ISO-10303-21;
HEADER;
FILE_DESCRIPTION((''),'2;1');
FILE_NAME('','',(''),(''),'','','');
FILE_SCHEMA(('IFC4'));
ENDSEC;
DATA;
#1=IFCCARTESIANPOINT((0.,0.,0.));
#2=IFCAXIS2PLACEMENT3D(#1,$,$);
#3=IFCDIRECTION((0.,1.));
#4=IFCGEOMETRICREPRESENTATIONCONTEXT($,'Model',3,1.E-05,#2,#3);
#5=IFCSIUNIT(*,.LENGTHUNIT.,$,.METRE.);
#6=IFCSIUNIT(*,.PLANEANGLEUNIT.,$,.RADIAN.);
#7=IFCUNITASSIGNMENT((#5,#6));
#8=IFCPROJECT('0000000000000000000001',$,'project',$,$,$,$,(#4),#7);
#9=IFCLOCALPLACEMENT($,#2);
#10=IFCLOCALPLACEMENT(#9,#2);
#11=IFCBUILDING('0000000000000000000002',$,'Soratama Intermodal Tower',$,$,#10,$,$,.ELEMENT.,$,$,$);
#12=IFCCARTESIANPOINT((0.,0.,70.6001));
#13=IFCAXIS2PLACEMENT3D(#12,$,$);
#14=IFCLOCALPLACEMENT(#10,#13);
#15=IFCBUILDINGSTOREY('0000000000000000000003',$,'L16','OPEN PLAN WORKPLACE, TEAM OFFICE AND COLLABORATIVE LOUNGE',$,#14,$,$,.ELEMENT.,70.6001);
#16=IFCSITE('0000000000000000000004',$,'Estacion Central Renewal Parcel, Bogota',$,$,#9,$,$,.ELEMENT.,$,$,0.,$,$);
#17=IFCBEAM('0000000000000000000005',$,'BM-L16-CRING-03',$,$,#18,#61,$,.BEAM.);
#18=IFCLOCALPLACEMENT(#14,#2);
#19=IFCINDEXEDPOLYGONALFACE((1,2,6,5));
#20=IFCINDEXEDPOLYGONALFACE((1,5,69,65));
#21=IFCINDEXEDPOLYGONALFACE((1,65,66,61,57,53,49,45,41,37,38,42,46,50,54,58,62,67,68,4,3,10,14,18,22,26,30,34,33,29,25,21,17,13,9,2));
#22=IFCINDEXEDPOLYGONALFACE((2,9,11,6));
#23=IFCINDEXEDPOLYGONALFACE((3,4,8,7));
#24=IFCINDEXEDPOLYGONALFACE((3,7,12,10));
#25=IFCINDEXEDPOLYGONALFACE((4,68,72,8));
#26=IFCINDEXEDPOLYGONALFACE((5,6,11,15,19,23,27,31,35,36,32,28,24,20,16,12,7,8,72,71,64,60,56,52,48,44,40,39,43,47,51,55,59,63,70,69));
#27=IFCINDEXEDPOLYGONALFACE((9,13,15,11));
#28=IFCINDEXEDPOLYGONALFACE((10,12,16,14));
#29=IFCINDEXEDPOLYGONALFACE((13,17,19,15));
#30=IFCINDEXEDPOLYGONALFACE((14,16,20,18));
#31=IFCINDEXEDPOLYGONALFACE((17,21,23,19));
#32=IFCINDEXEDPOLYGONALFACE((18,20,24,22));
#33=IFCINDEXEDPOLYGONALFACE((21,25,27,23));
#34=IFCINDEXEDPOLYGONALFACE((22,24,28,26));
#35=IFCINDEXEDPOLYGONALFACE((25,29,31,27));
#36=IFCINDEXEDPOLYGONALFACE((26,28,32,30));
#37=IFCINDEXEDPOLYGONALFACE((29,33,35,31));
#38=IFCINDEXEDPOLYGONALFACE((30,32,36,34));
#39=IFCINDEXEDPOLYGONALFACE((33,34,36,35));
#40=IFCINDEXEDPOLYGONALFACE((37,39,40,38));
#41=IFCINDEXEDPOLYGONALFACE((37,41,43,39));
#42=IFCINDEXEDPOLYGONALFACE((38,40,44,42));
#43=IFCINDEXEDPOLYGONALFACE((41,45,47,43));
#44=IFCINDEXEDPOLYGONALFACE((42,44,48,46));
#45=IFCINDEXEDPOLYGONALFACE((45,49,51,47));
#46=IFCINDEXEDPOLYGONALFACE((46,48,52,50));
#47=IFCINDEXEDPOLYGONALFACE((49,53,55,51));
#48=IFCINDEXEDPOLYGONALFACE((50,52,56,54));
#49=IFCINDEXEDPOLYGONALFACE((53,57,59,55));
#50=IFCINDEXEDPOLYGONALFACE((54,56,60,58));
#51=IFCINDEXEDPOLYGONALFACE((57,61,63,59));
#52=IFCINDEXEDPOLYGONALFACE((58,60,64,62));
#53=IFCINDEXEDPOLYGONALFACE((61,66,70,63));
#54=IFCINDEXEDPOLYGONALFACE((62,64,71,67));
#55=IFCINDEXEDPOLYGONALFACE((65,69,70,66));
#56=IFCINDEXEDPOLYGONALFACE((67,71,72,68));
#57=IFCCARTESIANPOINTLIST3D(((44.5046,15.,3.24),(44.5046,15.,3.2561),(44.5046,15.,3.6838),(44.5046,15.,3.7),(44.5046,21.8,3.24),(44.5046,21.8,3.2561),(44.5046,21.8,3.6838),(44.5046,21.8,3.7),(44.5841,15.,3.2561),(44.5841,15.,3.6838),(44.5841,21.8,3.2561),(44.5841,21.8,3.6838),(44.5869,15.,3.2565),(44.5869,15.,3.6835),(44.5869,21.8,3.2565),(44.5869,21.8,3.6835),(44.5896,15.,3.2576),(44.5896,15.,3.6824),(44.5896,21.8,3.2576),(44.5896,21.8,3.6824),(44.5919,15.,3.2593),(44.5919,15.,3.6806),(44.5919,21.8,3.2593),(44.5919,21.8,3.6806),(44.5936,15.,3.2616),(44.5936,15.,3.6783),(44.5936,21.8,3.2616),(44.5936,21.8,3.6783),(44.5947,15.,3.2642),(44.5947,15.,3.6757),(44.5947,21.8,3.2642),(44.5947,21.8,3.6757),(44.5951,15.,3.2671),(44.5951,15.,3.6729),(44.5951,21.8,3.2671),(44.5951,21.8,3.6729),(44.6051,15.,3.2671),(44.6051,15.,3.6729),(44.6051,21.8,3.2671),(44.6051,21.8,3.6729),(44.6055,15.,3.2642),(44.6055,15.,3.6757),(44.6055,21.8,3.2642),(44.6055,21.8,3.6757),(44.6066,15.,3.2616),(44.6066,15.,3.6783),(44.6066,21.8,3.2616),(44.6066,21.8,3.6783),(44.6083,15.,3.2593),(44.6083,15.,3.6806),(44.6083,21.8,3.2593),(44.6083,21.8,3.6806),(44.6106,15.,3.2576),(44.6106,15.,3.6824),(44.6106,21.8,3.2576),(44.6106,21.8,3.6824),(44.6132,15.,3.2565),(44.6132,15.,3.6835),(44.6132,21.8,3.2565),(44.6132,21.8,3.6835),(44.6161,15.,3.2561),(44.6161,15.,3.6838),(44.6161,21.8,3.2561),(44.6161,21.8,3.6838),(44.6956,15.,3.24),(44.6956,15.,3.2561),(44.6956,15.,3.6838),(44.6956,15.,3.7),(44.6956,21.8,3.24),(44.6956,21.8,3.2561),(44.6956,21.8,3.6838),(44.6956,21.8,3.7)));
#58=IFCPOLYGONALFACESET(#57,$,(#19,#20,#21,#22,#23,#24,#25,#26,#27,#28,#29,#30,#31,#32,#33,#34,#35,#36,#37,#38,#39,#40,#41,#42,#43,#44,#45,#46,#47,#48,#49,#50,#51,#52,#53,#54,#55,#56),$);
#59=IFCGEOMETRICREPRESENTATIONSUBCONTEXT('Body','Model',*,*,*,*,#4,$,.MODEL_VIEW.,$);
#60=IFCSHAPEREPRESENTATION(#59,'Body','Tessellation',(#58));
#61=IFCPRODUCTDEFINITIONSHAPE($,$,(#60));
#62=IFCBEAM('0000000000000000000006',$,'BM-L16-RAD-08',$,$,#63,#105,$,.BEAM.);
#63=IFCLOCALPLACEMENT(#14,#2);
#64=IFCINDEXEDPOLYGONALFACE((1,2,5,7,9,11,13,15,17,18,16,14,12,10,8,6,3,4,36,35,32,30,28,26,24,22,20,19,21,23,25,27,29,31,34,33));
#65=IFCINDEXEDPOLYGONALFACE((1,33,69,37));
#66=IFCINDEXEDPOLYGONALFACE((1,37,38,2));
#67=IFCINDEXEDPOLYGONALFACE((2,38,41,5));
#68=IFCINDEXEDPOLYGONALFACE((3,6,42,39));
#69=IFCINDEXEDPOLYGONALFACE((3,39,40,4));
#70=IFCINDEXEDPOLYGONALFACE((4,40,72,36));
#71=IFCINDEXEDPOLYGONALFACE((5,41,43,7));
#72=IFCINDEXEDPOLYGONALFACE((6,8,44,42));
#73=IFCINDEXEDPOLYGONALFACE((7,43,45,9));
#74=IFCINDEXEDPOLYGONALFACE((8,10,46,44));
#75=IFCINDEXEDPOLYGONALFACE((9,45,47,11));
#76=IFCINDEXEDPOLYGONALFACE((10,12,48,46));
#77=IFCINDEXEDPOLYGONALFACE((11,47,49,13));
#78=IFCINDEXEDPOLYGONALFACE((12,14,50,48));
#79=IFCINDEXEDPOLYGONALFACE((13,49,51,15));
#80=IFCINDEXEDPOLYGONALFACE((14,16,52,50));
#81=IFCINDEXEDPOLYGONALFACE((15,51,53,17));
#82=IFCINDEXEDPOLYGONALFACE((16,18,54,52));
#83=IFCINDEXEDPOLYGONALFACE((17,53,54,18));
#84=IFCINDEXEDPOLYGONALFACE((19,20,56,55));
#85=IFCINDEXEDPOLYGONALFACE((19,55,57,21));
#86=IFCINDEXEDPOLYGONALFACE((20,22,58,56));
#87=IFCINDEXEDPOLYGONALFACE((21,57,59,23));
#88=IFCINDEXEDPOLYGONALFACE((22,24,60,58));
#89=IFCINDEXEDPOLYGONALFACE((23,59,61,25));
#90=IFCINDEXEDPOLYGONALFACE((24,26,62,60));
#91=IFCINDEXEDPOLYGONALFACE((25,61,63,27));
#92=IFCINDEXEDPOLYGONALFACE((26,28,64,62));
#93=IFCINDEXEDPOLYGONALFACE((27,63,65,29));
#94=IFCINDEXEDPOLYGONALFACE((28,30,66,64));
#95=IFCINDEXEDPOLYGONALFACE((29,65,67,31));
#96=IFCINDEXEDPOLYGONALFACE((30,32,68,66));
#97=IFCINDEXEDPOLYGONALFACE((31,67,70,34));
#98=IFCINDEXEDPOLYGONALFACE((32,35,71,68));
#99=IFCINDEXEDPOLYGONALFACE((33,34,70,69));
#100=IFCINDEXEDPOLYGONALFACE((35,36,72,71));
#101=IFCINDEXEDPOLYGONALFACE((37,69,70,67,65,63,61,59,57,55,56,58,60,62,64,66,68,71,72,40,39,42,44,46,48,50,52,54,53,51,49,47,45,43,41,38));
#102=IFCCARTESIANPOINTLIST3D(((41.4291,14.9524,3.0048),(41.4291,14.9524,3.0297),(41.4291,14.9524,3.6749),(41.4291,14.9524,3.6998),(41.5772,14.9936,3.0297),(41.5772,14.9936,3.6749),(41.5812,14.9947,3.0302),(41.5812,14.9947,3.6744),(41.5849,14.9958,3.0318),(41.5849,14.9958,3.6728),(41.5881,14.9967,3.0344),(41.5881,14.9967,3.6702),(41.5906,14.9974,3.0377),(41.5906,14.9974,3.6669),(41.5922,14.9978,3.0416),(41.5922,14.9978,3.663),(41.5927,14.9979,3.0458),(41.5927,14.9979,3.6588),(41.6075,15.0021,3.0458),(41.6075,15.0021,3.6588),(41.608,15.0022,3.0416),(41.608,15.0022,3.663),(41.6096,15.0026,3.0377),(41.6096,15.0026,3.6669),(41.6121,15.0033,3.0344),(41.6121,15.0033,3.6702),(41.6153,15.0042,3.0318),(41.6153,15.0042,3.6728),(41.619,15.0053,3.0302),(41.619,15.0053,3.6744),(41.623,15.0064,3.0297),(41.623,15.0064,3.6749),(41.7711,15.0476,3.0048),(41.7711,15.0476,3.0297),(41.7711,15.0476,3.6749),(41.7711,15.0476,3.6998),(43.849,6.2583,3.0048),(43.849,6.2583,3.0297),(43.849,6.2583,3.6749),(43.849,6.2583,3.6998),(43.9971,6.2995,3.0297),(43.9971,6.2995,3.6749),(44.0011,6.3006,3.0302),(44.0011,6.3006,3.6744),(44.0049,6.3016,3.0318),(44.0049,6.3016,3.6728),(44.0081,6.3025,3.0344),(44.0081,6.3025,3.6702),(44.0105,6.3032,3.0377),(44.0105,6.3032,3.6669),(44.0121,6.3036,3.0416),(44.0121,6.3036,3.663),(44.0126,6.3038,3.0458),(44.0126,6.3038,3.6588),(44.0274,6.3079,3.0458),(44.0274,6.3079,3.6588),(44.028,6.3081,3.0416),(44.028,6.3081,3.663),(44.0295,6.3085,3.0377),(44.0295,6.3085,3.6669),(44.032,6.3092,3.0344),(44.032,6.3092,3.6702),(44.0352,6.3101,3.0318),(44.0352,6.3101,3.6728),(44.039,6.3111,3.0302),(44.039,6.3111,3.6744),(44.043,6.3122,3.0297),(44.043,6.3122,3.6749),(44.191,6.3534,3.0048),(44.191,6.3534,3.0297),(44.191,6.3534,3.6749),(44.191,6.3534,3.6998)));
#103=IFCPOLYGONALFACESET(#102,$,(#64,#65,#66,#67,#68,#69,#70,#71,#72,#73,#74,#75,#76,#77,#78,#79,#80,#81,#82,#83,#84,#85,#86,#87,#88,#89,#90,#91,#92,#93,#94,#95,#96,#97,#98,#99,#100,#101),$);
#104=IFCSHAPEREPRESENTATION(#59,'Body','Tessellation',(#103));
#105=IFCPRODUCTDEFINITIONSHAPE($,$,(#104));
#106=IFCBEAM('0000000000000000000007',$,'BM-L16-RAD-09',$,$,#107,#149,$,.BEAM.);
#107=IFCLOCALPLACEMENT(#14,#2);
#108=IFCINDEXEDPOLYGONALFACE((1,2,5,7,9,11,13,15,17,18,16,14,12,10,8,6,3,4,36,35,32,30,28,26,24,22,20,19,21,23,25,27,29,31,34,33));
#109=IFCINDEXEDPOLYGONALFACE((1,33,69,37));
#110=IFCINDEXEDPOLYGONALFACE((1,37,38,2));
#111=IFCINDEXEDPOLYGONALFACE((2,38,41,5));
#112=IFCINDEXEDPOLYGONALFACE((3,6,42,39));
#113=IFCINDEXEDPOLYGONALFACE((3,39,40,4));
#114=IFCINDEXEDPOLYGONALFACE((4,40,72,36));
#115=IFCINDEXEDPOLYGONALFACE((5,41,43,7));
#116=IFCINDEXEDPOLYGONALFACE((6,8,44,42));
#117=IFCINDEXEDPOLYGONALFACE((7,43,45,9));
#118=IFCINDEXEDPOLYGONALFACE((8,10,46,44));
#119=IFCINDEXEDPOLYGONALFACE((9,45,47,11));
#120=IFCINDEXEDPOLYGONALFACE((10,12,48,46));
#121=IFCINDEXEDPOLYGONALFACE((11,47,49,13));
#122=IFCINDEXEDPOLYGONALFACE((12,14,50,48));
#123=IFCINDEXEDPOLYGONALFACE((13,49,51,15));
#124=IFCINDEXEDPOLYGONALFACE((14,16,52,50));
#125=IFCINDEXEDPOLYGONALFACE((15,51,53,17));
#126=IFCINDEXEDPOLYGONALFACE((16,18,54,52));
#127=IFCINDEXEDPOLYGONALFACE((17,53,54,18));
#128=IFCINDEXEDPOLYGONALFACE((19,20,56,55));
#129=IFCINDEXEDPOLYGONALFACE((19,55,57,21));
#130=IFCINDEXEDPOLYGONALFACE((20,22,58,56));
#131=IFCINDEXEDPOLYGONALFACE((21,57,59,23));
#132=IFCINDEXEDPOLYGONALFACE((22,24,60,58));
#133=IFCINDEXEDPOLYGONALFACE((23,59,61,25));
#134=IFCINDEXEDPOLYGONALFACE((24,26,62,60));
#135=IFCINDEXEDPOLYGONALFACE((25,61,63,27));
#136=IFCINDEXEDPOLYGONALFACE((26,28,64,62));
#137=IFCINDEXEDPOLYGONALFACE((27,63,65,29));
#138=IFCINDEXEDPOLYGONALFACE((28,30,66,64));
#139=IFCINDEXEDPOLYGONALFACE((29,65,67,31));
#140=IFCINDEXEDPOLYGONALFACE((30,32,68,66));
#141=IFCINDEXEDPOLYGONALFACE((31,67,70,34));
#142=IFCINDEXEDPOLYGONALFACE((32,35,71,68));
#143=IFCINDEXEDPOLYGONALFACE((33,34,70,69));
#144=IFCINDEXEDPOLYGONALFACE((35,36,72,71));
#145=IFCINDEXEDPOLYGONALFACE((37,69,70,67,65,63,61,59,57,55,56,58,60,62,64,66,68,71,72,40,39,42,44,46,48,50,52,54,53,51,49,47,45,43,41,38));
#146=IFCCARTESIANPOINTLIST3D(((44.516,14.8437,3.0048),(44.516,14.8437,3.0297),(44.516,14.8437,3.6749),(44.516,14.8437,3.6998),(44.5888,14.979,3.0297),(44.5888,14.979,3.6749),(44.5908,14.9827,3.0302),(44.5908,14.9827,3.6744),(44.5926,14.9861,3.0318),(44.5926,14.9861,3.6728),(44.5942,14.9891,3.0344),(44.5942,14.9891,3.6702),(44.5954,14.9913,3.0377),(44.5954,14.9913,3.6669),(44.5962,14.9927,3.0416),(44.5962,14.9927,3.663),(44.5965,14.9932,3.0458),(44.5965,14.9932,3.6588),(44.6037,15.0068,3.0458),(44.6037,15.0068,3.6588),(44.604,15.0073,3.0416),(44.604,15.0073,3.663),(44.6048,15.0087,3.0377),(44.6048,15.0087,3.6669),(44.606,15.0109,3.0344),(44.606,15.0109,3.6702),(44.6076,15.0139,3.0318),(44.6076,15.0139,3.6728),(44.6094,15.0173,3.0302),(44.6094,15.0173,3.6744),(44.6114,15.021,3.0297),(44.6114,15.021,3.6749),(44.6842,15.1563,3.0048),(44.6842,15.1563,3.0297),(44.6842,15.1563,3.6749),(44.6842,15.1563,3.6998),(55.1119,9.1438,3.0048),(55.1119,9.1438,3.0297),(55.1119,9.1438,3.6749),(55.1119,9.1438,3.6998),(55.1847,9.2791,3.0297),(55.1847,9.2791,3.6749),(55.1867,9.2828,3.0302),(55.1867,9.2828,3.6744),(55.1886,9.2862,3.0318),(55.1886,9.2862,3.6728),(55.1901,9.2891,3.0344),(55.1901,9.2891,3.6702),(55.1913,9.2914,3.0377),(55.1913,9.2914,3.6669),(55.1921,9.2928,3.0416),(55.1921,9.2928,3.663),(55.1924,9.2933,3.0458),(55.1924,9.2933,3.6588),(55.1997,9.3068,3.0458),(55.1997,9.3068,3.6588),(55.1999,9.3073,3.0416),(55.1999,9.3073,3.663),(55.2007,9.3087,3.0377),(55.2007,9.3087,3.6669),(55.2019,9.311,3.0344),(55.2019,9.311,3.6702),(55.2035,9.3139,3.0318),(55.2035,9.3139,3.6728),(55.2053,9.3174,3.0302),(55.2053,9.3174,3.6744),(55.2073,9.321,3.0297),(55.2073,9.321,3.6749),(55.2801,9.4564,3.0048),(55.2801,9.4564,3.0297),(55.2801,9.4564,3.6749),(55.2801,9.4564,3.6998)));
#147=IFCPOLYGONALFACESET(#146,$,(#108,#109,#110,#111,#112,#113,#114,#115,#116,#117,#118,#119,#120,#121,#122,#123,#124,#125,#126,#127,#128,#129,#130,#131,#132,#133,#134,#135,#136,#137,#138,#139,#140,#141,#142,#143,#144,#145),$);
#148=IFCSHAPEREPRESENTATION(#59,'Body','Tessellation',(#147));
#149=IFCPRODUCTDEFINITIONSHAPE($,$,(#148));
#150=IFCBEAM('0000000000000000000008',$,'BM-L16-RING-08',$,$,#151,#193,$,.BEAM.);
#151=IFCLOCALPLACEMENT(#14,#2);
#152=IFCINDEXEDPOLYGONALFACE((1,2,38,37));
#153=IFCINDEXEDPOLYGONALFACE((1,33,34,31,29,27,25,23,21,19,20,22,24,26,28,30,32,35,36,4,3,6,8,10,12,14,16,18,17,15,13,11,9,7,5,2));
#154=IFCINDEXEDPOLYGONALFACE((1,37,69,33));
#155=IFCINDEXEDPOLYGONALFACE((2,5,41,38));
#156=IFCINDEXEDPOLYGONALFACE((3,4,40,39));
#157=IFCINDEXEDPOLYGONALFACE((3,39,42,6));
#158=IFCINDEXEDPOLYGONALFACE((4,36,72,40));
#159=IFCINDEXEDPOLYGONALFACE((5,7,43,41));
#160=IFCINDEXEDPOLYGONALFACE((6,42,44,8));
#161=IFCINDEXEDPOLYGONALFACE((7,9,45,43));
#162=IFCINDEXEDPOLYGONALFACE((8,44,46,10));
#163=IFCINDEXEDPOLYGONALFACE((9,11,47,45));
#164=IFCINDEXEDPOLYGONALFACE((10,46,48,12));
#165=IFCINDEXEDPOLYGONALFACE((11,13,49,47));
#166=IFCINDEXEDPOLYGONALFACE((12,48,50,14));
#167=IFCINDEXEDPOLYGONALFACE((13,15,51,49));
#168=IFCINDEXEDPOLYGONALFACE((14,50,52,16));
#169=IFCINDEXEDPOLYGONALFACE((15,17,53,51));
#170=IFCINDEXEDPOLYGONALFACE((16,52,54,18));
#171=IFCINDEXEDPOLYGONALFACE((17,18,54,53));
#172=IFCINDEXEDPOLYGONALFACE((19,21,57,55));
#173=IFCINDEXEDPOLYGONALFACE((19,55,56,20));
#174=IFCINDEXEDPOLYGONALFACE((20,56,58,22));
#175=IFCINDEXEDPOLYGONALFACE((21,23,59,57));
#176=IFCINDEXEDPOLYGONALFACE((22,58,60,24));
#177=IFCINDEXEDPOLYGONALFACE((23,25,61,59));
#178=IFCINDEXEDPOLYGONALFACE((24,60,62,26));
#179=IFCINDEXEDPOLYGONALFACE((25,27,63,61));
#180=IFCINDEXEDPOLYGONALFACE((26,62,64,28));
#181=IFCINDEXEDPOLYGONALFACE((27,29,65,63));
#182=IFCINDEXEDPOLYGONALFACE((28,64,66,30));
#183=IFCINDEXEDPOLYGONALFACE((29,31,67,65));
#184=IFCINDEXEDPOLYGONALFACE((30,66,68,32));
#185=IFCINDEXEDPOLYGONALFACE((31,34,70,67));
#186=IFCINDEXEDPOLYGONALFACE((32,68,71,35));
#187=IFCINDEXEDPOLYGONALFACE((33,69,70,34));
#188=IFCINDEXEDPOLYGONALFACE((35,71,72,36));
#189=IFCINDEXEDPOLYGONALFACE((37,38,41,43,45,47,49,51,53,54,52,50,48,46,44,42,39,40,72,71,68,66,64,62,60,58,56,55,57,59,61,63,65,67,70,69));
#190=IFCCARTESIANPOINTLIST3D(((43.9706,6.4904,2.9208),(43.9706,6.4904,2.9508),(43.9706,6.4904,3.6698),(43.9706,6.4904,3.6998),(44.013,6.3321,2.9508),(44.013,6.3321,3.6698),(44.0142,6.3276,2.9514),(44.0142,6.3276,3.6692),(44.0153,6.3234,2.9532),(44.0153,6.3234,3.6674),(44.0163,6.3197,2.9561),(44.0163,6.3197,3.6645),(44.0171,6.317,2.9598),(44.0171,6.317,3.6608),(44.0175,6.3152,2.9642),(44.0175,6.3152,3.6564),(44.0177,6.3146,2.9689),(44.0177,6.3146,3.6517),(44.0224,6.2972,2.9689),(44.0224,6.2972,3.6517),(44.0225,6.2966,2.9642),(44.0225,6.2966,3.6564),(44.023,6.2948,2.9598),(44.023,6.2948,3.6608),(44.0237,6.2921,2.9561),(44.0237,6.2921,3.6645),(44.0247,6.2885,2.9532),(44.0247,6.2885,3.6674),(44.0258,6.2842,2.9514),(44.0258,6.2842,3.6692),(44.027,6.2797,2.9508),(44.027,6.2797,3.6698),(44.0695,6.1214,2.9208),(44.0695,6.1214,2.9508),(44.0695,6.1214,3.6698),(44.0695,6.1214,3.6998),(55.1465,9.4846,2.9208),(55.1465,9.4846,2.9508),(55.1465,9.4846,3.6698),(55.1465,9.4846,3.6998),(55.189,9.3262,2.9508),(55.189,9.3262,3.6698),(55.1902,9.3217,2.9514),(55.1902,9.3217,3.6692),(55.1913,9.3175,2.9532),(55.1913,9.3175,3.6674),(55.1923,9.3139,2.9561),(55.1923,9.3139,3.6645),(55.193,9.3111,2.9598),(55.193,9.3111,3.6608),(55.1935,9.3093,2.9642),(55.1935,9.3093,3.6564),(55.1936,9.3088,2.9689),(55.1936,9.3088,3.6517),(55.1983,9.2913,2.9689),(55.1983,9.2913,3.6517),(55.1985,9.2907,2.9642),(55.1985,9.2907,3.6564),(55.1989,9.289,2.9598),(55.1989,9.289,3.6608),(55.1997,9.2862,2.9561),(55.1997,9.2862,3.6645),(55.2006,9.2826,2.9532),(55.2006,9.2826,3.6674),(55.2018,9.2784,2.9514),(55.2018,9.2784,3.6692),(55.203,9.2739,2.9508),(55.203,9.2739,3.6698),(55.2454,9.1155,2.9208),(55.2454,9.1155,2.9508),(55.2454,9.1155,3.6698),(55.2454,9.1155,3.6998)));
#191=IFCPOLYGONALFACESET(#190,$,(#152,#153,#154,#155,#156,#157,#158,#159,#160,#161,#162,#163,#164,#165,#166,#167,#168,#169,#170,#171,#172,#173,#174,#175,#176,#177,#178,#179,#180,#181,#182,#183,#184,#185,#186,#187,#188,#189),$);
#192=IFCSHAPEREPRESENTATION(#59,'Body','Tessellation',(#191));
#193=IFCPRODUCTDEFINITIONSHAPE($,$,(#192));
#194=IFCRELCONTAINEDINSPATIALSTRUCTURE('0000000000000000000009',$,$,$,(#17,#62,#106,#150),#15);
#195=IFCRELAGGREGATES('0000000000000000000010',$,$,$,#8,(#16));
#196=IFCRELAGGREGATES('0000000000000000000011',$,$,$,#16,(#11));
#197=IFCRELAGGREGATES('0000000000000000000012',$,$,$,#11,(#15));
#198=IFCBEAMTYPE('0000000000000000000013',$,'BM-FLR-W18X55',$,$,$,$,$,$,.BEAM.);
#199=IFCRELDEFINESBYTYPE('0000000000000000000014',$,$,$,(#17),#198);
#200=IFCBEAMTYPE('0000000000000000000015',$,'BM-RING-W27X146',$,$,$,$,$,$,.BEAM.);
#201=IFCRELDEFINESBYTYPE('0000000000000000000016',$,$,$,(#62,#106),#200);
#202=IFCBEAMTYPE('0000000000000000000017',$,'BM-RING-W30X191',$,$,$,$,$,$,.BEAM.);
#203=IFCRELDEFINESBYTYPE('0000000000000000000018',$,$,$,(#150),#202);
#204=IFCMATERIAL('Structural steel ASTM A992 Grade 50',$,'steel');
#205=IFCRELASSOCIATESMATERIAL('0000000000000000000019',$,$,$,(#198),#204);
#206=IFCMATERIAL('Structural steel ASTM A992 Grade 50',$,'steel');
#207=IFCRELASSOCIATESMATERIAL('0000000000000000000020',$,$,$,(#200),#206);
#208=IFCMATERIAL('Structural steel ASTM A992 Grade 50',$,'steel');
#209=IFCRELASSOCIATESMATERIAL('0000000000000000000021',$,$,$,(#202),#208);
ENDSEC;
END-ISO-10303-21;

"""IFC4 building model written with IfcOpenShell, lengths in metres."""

from ifc_helpers import new_model, si_unit, direction, frame, origin, origin_2d, place, context, subcontext, project, spatial, i_section, extrude, material, material_profile, profile_set, type_object, element, save


model = new_model("IFC4")

# Units and contexts
model_context = context("Model", 3, precision=1e-05, world=origin(), true_north=direction((0.0, 1.0)))
body_context = subcontext(model_context, "Body", "Model", "MODEL_VIEW")
ifc_project = project(units=[si_unit("LENGTHUNIT", "METRE"), si_unit("PLANEANGLEUNIT", "RADIAN")], contexts=[model_context])

# Site, building, storey
site_placement = place(None, origin())
site = spatial("IfcSite", under=ifc_project, at=site_placement, Name="Estacion Central Renewal Parcel, Bogota", CompositionType="ELEMENT", RefElevation=0.0)
building_placement = place(site_placement, origin())
building = spatial("IfcBuilding", under=site, at=building_placement, Name="Soratama Intermodal Tower", CompositionType="ELEMENT")
storey_placement = place(building_placement, frame((0.0, 0.0, 70.6001)))
storey = spatial("IfcBuildingStorey", under=building, at=storey_placement, Name="L16", Description="OPEN PLAN WORKPLACE, TEAM OFFICE AND COLLABORATIVE LOUNGE", CompositionType="ELEMENT", Elevation=70.6001)

# Beams
ifc_material_1 = material(Name="Structural steel ASTM A992 Grade 50", Category="steel")
ifc_material_profile_1 = material_profile(ifc_material_1, i_section(OverallWidth=0.1909, OverallDepth=0.46, WebThickness=0.01, FlangeThickness=0.0161, FilletRadius=0.011, at=origin_2d()), Name="W18X55")
ifc_profile_set_1 = profile_set([ifc_material_profile_1], Name="Structural steel ASTM A992 Grade 50")
beam_type_1 = type_object("IfcBeamType", Name="BM-FLR-W18X55", PredefinedType="BEAM", material=ifc_profile_set_1)
beam_1_placement = place(storey_placement, frame((44.6001, 15.0, 3.47), z_axis=(0.0, 1.0, 0.0), x_axis=(-1.0, 0.0, 0.0)))
element("IfcBeam", 1, at=beam_1_placement, inside=storey, type_object=beam_type_1, Name="BM-L16-CRING-03", PredefinedType="BEAM", context=body_context, shape_type="SweptSolid", body=[
    extrude(i_section(OverallWidth=0.1909, OverallDepth=0.46, WebThickness=0.01, FlangeThickness=0.0161, FilletRadius=0.011, at=origin_2d()), origin(), (0.0, 0.0, 1.0), 6.8),
])
ifc_material_2 = material(Name="Structural steel ASTM A992 Grade 50", Category="steel")
ifc_material_profile_2 = material_profile(ifc_material_2, i_section(OverallWidth=0.355, OverallDepth=0.6951, WebThickness=0.0154, FlangeThickness=0.0249, FilletRadius=0.0161, at=origin_2d()), Name="W27X146")
ifc_profile_set_2 = profile_set([ifc_material_profile_2], Name="Structural steel ASTM A992 Grade 50")
beam_type_2 = type_object("IfcBeamType", Name="BM-RING-W27X146", PredefinedType="BEAM", material=ifc_profile_set_2)
beam_2_placement = place(storey_placement, frame((41.6001, 15.0, 3.3523), z_axis=(0.268148, -0.963378, 0.0), x_axis=(0.963378, 0.268148, 0.0)))
element("IfcBeam", 2, at=beam_2_placement, inside=storey, type_object=beam_type_2, Name="BM-L16-RAD-08", PredefinedType="BEAM", context=body_context, shape_type="SweptSolid", body=[
    extrude(i_section(OverallWidth=0.355, OverallDepth=0.6951, WebThickness=0.0154, FlangeThickness=0.0249, FilletRadius=0.0161, at=origin_2d()), origin(), (0.0, 0.0, 1.0), 9.0247),
])
beam_3_placement = place(storey_placement, frame((44.6001, 15.0, 3.3523), z_axis=(0.880664, -0.473742, 0.0), x_axis=(0.473742, 0.880664, 0.0)))
element("IfcBeam", 3, at=beam_3_placement, inside=storey, type_object=beam_type_2, Name="BM-L16-RAD-09", PredefinedType="BEAM", context=body_context, shape_type="SweptSolid", body=[
    extrude(i_section(OverallWidth=0.355, OverallDepth=0.6951, WebThickness=0.0154, FlangeThickness=0.0249, FilletRadius=0.0161, at=origin_2d()), origin(), (0.0, 0.0, 1.0), 12.0317),
])
ifc_material_3 = material(Name="Structural steel ASTM A992 Grade 50", Category="steel")
ifc_material_profile_3 = material_profile(ifc_material_3, i_section(OverallWidth=0.3821, OverallDepth=0.7791, WebThickness=0.0181, FlangeThickness=0.03, FilletRadius=0.0181, at=origin_2d()), Name="W30X191")
ifc_profile_set_3 = profile_set([ifc_material_profile_3], Name="Structural steel ASTM A992 Grade 50")
beam_type_3 = type_object("IfcBeamType", Name="BM-RING-W30X191", PredefinedType="BEAM", material=ifc_profile_set_3)
beam_4_placement = place(storey_placement, frame((44.02, 6.3059, 3.3103), z_axis=(0.965936, 0.258781, 0.0), x_axis=(-0.258781, 0.965936, 0.0)))
element("IfcBeam", 4, at=beam_4_placement, inside=storey, type_object=beam_type_3, Name="BM-L16-RING-08", PredefinedType="BEAM", context=body_context, shape_type="SweptSolid", body=[
    extrude(i_section(OverallWidth=0.3821, OverallDepth=0.7791, WebThickness=0.0181, FlangeThickness=0.03, FilletRadius=0.0181, at=origin_2d()), origin(), (0.0, 0.0, 1.0), 11.5701),
])

save(model, "model.ifc")
